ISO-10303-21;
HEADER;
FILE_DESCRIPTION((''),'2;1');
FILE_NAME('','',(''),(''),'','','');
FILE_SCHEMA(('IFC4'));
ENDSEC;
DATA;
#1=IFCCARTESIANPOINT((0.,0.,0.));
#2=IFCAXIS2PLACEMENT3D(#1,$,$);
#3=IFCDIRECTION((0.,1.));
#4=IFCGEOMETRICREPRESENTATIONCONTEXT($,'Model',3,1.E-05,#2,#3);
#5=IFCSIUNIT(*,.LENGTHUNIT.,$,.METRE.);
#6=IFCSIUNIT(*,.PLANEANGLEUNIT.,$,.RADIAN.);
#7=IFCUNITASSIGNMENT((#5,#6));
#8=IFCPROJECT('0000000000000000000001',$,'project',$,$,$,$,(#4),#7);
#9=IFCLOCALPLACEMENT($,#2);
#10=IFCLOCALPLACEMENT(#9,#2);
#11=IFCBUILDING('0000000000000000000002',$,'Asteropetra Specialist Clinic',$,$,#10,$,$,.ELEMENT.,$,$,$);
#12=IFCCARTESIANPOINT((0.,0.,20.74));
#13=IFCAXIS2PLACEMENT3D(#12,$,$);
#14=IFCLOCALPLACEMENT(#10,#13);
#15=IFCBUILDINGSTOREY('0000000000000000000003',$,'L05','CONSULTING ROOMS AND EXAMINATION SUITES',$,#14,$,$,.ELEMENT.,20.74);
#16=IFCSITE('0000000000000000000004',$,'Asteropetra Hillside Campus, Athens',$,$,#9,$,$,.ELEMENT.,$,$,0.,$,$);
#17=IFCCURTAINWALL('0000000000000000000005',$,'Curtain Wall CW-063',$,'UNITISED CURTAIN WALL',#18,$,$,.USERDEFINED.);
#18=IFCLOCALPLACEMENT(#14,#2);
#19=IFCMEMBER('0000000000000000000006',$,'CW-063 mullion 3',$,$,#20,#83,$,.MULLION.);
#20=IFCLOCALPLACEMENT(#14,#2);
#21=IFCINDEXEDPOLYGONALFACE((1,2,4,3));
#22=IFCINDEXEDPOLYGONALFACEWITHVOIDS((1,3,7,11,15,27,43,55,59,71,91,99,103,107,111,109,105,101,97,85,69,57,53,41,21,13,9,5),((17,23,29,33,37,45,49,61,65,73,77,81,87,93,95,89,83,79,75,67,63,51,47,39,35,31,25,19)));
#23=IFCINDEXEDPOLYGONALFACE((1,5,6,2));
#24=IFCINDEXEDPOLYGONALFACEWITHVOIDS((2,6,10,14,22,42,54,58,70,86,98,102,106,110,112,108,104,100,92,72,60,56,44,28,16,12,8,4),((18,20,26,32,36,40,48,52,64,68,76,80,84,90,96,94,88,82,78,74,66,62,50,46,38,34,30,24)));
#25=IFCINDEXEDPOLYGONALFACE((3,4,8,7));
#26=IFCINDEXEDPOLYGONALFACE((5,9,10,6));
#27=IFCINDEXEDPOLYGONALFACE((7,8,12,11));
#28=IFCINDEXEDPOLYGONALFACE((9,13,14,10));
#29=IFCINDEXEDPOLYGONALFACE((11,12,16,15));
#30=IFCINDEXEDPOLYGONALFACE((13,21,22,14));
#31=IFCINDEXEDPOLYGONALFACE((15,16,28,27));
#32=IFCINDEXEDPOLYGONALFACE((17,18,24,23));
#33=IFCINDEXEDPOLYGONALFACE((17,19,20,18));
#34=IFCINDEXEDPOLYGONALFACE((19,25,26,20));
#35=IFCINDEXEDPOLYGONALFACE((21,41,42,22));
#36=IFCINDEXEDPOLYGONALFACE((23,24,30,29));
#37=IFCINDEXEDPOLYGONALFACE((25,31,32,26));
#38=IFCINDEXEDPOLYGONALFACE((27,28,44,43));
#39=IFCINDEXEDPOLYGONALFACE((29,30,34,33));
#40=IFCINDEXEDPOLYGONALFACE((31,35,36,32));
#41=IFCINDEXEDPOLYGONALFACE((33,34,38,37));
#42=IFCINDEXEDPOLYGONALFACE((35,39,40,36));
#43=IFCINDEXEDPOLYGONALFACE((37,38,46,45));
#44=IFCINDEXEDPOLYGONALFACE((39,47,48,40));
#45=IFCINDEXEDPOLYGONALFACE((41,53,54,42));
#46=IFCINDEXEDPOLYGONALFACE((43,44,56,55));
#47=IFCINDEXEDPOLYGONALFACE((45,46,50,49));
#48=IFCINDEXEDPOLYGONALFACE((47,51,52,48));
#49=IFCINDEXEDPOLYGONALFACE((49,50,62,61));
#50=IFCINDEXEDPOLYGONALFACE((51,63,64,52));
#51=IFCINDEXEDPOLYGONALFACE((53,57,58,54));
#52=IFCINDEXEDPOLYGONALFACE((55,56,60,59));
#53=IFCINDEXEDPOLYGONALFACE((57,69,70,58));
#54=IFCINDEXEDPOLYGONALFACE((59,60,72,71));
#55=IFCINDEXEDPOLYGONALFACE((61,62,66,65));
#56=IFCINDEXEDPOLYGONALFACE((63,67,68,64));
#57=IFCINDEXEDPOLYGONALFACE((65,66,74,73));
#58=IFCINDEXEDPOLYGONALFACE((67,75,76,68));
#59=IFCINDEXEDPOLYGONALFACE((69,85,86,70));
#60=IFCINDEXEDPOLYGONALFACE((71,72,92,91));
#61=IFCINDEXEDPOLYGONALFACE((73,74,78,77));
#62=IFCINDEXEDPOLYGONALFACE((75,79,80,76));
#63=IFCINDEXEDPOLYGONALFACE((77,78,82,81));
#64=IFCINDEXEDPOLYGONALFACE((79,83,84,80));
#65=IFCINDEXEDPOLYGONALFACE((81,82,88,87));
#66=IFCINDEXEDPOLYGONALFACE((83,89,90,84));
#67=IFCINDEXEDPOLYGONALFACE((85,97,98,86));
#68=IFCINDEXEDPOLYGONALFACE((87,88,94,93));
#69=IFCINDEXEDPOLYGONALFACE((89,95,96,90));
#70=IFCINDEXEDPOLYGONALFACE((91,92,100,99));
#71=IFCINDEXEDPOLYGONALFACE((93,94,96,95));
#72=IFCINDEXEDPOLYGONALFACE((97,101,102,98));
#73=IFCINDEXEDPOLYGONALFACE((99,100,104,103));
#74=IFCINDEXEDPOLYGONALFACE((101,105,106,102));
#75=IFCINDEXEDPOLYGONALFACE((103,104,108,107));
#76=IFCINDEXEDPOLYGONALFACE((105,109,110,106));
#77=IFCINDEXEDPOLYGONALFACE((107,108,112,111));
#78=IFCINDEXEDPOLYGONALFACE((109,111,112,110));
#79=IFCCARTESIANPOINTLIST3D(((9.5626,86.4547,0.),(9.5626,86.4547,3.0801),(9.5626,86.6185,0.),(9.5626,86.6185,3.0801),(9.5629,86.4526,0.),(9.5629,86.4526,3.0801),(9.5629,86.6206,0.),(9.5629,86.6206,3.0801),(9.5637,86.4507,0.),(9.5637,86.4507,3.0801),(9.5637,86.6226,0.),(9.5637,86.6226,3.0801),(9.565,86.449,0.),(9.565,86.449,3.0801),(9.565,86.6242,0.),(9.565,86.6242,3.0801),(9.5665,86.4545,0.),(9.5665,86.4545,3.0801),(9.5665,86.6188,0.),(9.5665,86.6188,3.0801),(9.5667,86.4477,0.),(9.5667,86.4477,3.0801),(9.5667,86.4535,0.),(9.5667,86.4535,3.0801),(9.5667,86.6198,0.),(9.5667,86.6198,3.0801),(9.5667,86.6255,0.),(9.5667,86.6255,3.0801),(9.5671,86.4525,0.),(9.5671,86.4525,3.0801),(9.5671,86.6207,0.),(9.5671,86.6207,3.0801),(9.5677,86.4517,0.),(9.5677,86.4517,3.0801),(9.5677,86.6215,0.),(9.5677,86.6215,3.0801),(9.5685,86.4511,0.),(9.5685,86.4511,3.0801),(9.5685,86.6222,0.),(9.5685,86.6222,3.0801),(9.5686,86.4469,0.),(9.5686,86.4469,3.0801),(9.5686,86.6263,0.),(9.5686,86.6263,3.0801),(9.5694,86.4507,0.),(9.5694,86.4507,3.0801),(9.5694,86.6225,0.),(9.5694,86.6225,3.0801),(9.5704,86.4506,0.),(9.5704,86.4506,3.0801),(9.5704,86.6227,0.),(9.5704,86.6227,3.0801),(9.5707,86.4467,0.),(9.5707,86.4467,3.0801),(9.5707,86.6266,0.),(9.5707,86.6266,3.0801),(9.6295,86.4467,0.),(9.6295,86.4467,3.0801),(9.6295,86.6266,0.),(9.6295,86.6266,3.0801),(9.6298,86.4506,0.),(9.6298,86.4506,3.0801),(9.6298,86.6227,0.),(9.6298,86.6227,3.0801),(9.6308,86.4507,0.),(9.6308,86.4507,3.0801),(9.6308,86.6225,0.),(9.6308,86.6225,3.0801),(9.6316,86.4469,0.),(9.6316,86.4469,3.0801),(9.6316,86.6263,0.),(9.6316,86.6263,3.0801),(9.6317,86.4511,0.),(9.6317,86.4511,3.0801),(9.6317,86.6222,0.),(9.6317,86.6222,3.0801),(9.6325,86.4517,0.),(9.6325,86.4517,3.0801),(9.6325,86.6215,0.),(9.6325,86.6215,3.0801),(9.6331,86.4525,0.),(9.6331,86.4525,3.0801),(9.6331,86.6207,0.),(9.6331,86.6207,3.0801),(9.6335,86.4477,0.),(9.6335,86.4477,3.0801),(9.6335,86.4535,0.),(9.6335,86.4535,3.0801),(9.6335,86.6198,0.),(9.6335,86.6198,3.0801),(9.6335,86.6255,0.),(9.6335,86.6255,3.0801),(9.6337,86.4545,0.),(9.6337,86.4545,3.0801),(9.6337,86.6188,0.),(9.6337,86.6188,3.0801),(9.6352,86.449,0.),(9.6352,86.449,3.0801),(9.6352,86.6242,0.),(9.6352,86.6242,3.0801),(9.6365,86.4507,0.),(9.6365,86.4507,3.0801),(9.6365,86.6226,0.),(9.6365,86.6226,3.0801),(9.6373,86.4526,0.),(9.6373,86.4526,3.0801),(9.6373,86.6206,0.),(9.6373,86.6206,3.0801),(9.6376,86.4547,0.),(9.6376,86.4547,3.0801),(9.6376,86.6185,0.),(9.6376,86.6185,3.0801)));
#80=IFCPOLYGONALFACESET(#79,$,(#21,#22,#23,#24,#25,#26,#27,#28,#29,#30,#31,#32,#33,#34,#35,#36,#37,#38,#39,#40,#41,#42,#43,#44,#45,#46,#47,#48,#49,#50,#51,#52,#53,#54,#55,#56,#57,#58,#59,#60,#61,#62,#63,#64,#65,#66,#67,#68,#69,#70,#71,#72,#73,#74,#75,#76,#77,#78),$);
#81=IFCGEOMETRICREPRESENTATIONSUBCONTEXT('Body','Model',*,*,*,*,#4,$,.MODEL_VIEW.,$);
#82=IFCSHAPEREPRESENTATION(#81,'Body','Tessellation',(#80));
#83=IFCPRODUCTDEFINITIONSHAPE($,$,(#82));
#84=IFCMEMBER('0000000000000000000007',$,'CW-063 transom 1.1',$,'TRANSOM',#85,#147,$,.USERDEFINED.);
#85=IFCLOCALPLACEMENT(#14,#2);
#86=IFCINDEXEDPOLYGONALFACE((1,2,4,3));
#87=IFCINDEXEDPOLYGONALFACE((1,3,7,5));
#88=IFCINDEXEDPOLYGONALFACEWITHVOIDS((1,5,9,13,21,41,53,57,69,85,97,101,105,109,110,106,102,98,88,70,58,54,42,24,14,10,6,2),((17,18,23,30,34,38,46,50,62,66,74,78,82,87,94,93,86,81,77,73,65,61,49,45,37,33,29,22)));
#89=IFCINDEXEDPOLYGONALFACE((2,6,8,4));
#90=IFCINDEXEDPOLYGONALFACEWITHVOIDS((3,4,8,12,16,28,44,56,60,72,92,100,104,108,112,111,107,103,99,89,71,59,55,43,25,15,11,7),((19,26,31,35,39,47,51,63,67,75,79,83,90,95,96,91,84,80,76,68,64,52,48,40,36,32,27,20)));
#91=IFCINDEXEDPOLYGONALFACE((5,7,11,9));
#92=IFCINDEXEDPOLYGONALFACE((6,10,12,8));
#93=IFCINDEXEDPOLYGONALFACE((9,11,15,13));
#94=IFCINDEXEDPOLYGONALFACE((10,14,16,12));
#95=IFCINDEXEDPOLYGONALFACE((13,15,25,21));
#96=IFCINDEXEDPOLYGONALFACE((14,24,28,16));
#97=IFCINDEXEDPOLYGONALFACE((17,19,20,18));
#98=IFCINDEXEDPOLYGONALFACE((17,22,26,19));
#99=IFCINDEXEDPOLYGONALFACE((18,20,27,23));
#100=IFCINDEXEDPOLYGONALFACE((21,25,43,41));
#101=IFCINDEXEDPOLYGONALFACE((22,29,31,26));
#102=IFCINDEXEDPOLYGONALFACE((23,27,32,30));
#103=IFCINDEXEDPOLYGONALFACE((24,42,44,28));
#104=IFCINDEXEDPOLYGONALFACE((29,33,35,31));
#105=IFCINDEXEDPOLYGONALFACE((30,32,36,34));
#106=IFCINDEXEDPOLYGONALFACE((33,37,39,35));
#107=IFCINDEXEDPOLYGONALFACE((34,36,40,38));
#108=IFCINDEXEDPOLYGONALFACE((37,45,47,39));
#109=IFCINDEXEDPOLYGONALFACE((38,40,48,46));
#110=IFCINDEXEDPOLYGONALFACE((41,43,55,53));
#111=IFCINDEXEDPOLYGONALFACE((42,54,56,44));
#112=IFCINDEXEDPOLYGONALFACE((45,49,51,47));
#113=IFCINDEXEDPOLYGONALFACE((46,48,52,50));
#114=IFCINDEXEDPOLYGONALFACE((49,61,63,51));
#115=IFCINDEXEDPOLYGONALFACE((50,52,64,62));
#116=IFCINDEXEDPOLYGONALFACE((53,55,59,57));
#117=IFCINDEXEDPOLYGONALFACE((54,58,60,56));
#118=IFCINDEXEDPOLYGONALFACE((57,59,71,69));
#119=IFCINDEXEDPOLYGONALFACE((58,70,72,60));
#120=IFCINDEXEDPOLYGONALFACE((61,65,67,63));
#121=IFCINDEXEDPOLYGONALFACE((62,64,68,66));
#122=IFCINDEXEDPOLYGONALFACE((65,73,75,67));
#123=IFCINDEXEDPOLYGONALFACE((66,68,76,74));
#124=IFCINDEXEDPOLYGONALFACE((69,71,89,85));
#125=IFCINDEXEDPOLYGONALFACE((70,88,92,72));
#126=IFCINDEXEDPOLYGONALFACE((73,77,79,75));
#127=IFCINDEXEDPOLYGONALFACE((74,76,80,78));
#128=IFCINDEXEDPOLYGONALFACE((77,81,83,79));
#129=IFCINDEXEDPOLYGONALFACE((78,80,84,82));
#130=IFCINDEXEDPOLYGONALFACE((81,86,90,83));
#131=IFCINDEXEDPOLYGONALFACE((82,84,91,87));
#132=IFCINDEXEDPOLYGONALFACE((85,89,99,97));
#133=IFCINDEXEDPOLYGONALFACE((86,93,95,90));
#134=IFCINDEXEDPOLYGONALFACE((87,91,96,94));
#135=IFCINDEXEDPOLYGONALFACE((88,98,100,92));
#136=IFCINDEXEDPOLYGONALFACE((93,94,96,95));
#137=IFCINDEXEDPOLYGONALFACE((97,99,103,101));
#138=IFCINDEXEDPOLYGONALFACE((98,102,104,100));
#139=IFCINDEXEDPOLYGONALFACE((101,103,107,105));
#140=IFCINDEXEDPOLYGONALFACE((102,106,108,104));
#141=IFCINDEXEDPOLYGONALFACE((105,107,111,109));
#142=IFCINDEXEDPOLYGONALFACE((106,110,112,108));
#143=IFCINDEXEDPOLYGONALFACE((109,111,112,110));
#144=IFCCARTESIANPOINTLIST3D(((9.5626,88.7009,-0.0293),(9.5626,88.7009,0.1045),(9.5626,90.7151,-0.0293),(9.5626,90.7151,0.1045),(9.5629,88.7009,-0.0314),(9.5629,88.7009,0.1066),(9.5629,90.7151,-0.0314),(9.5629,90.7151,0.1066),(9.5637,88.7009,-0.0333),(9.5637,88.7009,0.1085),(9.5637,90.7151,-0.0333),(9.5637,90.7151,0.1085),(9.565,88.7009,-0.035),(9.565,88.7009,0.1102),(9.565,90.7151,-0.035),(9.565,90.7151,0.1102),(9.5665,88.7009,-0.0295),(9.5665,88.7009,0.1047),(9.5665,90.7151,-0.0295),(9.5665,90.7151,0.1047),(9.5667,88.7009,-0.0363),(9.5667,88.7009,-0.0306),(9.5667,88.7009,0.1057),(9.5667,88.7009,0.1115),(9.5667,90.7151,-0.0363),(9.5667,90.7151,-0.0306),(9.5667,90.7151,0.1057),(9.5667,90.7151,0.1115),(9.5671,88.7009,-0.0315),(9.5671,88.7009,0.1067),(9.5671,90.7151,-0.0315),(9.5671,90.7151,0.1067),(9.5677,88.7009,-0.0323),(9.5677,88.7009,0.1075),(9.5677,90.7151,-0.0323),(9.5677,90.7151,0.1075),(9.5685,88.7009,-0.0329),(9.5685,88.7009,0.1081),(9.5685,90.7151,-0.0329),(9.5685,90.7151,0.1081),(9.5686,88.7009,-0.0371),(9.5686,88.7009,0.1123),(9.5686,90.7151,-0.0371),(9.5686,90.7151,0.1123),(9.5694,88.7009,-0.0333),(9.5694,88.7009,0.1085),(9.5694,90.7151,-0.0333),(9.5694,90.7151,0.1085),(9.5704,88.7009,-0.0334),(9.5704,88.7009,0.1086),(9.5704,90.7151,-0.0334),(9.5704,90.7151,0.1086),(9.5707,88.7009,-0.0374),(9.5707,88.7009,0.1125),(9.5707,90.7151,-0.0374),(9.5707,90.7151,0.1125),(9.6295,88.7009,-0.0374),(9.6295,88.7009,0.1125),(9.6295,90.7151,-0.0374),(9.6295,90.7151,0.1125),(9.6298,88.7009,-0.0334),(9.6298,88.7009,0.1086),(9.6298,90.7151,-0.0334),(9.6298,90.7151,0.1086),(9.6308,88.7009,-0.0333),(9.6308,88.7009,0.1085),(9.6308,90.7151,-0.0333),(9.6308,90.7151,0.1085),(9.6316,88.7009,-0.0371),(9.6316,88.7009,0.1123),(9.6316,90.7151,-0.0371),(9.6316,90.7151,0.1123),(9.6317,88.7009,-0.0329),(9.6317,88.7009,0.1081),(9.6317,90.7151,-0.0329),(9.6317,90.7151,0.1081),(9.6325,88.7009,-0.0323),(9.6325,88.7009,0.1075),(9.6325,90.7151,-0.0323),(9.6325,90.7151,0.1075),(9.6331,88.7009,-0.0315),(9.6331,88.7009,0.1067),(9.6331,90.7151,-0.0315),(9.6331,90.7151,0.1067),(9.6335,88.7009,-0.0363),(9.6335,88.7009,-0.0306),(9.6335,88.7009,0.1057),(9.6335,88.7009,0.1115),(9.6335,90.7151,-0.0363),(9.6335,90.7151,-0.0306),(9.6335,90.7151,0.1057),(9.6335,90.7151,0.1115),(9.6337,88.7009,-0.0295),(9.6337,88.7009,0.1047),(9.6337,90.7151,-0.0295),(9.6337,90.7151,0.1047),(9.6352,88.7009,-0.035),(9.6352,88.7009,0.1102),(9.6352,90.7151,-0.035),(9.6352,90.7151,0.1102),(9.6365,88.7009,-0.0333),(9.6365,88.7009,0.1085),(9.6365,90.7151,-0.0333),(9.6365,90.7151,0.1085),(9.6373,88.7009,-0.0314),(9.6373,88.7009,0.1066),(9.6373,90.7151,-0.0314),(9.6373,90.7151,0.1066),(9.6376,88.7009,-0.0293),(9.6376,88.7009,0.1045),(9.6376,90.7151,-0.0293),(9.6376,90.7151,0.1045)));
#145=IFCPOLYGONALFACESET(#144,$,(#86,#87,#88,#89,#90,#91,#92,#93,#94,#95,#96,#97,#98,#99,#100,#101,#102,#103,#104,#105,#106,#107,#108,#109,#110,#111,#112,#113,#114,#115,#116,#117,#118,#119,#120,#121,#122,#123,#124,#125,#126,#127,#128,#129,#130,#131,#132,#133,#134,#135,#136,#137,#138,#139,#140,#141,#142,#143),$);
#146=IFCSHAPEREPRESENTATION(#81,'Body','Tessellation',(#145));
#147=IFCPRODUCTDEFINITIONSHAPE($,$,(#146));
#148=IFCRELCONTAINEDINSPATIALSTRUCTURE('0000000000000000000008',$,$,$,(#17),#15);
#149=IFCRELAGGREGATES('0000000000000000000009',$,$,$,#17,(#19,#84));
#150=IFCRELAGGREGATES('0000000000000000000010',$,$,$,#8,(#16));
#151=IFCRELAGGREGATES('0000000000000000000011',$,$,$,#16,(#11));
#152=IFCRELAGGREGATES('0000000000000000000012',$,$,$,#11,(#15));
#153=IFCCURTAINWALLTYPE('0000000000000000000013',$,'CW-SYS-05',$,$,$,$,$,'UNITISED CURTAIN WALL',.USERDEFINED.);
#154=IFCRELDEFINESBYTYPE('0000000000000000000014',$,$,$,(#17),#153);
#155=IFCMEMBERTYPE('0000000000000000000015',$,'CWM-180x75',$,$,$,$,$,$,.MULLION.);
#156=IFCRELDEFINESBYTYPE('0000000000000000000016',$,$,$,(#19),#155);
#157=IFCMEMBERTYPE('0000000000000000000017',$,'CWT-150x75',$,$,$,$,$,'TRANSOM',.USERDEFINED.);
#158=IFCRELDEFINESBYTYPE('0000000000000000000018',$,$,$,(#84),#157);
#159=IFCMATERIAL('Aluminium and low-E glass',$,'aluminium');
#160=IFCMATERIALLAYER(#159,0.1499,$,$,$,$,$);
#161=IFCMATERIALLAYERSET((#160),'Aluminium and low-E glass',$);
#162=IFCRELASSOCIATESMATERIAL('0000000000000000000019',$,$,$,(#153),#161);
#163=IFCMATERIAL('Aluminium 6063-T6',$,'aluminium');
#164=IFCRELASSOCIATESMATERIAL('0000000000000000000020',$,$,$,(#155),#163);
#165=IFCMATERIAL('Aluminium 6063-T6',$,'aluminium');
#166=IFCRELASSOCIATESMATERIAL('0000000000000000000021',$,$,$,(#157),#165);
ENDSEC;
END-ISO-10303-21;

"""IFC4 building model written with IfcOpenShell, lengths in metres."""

from ifc_helpers import new_model, si_unit, direction, frame, origin, origin_2d, place, context, subcontext, project, spatial, hollow_rectangle, extrude, material, layer, layer_set, material_profile, profile_set, type_object, element, aggregate, save


model = new_model("IFC4")

# Units and contexts
model_context = context("Model", 3, precision=1e-05, world=origin(), true_north=direction((0.0, 1.0)))
body_context = subcontext(model_context, "Body", "Model", "MODEL_VIEW")
ifc_project = project(units=[si_unit("LENGTHUNIT", "METRE"), si_unit("PLANEANGLEUNIT", "RADIAN")], contexts=[model_context])

# Site, building, storey
site_placement = place(None, origin())
site = spatial("IfcSite", under=ifc_project, at=site_placement, Name="Asteropetra Hillside Campus, Athens", CompositionType="ELEMENT", RefElevation=0.0)
building_placement = place(site_placement, origin())
building = spatial("IfcBuilding", under=site, at=building_placement, Name="Asteropetra Specialist Clinic", CompositionType="ELEMENT")
storey_placement = place(building_placement, frame((0.0, 0.0, 20.74)))
storey = spatial("IfcBuildingStorey", under=building, at=storey_placement, Name="L05", Description="CONSULTING ROOMS AND EXAMINATION SUITES", CompositionType="ELEMENT", Elevation=20.74)

# Curtain wall, members
ifc_material_1 = material(Name="Aluminium and low-E glass", Category="aluminium")
ifc_layer_1 = layer(ifc_material_1, 0.1499)
ifc_layer_set_1 = layer_set([ifc_layer_1], Name="Aluminium and low-E glass")
curtain_wall_type = type_object("IfcCurtainWallType", Name="CW-SYS-05", ElementType="UNITISED CURTAIN WALL", PredefinedType="USERDEFINED", material=ifc_layer_set_1)
curtain_wall_placement = place(storey_placement, origin())
curtain_wall = element("IfcCurtainWall", 1, at=curtain_wall_placement, inside=storey, type_object=curtain_wall_type, Name="Curtain Wall CW-063", ObjectType="UNITISED CURTAIN WALL", PredefinedType="USERDEFINED")
ifc_material_2 = material(Name="Aluminium 6063-T6", Category="aluminium")
ifc_material_profile_1 = material_profile(ifc_material_2, hollow_rectangle(XDim=0.075, YDim=0.1799, WallThickness=0.0039, InnerFilletRadius=0.0039, OuterFilletRadius=0.0081, at=origin_2d()), Name="MUL 180x75x4.0")
ifc_profile_set_1 = profile_set([ifc_material_profile_1], Name="Aluminium 6063-T6")
member_type_1 = type_object("IfcMemberType", Name="CWM-180x75", PredefinedType="MULLION", material=ifc_profile_set_1)
member_1_placement = place(storey_placement, frame((9.6001, 86.5366, 0.0), z_axis=(0.0, 0.0, 1.0), x_axis=(1.0, 0.0, 0.0)))
member_1 = element("IfcMember", 2, at=member_1_placement, type_object=member_type_1, Name="CW-063 mullion 3", PredefinedType="MULLION", context=body_context, shape_type="SweptSolid", body=[
    extrude(hollow_rectangle(XDim=0.075, YDim=0.1799, WallThickness=0.0039, InnerFilletRadius=0.0039, OuterFilletRadius=0.0081, at=origin_2d()), origin(), (0.0, 0.0, 1.0), 3.0801),
])
ifc_material_3 = material(Name="Aluminium 6063-T6", Category="aluminium")
ifc_material_profile_2 = material_profile(ifc_material_3, hollow_rectangle(XDim=0.075, YDim=0.1499, WallThickness=0.0039, InnerFilletRadius=0.0039, OuterFilletRadius=0.0081, at=origin_2d()), Name="TRN 150x75x4.0")
ifc_profile_set_2 = profile_set([ifc_material_profile_2], Name="Aluminium 6063-T6")
member_type_2 = type_object("IfcMemberType", Name="CWT-150x75", ElementType="TRANSOM", PredefinedType="USERDEFINED", material=ifc_profile_set_2)
member_2_placement = place(storey_placement, frame((9.6001, 90.7151, 0.0376), z_axis=(0.0, -1.0, 0.0), x_axis=(1.0, 0.0, 0.0)))
member_2 = element("IfcMember", 3, at=member_2_placement, type_object=member_type_2, Name="CW-063 transom 1.1", ObjectType="TRANSOM", PredefinedType="USERDEFINED", context=body_context, shape_type="SweptSolid", body=[
    extrude(hollow_rectangle(XDim=0.075, YDim=0.1499, WallThickness=0.0039, InnerFilletRadius=0.0039, OuterFilletRadius=0.0081, at=origin_2d()), origin(), (0.0, 0.0, 1.0), 2.0142),
])
aggregate(curtain_wall, [member_1, member_2])

save(model, "model.ifc")
